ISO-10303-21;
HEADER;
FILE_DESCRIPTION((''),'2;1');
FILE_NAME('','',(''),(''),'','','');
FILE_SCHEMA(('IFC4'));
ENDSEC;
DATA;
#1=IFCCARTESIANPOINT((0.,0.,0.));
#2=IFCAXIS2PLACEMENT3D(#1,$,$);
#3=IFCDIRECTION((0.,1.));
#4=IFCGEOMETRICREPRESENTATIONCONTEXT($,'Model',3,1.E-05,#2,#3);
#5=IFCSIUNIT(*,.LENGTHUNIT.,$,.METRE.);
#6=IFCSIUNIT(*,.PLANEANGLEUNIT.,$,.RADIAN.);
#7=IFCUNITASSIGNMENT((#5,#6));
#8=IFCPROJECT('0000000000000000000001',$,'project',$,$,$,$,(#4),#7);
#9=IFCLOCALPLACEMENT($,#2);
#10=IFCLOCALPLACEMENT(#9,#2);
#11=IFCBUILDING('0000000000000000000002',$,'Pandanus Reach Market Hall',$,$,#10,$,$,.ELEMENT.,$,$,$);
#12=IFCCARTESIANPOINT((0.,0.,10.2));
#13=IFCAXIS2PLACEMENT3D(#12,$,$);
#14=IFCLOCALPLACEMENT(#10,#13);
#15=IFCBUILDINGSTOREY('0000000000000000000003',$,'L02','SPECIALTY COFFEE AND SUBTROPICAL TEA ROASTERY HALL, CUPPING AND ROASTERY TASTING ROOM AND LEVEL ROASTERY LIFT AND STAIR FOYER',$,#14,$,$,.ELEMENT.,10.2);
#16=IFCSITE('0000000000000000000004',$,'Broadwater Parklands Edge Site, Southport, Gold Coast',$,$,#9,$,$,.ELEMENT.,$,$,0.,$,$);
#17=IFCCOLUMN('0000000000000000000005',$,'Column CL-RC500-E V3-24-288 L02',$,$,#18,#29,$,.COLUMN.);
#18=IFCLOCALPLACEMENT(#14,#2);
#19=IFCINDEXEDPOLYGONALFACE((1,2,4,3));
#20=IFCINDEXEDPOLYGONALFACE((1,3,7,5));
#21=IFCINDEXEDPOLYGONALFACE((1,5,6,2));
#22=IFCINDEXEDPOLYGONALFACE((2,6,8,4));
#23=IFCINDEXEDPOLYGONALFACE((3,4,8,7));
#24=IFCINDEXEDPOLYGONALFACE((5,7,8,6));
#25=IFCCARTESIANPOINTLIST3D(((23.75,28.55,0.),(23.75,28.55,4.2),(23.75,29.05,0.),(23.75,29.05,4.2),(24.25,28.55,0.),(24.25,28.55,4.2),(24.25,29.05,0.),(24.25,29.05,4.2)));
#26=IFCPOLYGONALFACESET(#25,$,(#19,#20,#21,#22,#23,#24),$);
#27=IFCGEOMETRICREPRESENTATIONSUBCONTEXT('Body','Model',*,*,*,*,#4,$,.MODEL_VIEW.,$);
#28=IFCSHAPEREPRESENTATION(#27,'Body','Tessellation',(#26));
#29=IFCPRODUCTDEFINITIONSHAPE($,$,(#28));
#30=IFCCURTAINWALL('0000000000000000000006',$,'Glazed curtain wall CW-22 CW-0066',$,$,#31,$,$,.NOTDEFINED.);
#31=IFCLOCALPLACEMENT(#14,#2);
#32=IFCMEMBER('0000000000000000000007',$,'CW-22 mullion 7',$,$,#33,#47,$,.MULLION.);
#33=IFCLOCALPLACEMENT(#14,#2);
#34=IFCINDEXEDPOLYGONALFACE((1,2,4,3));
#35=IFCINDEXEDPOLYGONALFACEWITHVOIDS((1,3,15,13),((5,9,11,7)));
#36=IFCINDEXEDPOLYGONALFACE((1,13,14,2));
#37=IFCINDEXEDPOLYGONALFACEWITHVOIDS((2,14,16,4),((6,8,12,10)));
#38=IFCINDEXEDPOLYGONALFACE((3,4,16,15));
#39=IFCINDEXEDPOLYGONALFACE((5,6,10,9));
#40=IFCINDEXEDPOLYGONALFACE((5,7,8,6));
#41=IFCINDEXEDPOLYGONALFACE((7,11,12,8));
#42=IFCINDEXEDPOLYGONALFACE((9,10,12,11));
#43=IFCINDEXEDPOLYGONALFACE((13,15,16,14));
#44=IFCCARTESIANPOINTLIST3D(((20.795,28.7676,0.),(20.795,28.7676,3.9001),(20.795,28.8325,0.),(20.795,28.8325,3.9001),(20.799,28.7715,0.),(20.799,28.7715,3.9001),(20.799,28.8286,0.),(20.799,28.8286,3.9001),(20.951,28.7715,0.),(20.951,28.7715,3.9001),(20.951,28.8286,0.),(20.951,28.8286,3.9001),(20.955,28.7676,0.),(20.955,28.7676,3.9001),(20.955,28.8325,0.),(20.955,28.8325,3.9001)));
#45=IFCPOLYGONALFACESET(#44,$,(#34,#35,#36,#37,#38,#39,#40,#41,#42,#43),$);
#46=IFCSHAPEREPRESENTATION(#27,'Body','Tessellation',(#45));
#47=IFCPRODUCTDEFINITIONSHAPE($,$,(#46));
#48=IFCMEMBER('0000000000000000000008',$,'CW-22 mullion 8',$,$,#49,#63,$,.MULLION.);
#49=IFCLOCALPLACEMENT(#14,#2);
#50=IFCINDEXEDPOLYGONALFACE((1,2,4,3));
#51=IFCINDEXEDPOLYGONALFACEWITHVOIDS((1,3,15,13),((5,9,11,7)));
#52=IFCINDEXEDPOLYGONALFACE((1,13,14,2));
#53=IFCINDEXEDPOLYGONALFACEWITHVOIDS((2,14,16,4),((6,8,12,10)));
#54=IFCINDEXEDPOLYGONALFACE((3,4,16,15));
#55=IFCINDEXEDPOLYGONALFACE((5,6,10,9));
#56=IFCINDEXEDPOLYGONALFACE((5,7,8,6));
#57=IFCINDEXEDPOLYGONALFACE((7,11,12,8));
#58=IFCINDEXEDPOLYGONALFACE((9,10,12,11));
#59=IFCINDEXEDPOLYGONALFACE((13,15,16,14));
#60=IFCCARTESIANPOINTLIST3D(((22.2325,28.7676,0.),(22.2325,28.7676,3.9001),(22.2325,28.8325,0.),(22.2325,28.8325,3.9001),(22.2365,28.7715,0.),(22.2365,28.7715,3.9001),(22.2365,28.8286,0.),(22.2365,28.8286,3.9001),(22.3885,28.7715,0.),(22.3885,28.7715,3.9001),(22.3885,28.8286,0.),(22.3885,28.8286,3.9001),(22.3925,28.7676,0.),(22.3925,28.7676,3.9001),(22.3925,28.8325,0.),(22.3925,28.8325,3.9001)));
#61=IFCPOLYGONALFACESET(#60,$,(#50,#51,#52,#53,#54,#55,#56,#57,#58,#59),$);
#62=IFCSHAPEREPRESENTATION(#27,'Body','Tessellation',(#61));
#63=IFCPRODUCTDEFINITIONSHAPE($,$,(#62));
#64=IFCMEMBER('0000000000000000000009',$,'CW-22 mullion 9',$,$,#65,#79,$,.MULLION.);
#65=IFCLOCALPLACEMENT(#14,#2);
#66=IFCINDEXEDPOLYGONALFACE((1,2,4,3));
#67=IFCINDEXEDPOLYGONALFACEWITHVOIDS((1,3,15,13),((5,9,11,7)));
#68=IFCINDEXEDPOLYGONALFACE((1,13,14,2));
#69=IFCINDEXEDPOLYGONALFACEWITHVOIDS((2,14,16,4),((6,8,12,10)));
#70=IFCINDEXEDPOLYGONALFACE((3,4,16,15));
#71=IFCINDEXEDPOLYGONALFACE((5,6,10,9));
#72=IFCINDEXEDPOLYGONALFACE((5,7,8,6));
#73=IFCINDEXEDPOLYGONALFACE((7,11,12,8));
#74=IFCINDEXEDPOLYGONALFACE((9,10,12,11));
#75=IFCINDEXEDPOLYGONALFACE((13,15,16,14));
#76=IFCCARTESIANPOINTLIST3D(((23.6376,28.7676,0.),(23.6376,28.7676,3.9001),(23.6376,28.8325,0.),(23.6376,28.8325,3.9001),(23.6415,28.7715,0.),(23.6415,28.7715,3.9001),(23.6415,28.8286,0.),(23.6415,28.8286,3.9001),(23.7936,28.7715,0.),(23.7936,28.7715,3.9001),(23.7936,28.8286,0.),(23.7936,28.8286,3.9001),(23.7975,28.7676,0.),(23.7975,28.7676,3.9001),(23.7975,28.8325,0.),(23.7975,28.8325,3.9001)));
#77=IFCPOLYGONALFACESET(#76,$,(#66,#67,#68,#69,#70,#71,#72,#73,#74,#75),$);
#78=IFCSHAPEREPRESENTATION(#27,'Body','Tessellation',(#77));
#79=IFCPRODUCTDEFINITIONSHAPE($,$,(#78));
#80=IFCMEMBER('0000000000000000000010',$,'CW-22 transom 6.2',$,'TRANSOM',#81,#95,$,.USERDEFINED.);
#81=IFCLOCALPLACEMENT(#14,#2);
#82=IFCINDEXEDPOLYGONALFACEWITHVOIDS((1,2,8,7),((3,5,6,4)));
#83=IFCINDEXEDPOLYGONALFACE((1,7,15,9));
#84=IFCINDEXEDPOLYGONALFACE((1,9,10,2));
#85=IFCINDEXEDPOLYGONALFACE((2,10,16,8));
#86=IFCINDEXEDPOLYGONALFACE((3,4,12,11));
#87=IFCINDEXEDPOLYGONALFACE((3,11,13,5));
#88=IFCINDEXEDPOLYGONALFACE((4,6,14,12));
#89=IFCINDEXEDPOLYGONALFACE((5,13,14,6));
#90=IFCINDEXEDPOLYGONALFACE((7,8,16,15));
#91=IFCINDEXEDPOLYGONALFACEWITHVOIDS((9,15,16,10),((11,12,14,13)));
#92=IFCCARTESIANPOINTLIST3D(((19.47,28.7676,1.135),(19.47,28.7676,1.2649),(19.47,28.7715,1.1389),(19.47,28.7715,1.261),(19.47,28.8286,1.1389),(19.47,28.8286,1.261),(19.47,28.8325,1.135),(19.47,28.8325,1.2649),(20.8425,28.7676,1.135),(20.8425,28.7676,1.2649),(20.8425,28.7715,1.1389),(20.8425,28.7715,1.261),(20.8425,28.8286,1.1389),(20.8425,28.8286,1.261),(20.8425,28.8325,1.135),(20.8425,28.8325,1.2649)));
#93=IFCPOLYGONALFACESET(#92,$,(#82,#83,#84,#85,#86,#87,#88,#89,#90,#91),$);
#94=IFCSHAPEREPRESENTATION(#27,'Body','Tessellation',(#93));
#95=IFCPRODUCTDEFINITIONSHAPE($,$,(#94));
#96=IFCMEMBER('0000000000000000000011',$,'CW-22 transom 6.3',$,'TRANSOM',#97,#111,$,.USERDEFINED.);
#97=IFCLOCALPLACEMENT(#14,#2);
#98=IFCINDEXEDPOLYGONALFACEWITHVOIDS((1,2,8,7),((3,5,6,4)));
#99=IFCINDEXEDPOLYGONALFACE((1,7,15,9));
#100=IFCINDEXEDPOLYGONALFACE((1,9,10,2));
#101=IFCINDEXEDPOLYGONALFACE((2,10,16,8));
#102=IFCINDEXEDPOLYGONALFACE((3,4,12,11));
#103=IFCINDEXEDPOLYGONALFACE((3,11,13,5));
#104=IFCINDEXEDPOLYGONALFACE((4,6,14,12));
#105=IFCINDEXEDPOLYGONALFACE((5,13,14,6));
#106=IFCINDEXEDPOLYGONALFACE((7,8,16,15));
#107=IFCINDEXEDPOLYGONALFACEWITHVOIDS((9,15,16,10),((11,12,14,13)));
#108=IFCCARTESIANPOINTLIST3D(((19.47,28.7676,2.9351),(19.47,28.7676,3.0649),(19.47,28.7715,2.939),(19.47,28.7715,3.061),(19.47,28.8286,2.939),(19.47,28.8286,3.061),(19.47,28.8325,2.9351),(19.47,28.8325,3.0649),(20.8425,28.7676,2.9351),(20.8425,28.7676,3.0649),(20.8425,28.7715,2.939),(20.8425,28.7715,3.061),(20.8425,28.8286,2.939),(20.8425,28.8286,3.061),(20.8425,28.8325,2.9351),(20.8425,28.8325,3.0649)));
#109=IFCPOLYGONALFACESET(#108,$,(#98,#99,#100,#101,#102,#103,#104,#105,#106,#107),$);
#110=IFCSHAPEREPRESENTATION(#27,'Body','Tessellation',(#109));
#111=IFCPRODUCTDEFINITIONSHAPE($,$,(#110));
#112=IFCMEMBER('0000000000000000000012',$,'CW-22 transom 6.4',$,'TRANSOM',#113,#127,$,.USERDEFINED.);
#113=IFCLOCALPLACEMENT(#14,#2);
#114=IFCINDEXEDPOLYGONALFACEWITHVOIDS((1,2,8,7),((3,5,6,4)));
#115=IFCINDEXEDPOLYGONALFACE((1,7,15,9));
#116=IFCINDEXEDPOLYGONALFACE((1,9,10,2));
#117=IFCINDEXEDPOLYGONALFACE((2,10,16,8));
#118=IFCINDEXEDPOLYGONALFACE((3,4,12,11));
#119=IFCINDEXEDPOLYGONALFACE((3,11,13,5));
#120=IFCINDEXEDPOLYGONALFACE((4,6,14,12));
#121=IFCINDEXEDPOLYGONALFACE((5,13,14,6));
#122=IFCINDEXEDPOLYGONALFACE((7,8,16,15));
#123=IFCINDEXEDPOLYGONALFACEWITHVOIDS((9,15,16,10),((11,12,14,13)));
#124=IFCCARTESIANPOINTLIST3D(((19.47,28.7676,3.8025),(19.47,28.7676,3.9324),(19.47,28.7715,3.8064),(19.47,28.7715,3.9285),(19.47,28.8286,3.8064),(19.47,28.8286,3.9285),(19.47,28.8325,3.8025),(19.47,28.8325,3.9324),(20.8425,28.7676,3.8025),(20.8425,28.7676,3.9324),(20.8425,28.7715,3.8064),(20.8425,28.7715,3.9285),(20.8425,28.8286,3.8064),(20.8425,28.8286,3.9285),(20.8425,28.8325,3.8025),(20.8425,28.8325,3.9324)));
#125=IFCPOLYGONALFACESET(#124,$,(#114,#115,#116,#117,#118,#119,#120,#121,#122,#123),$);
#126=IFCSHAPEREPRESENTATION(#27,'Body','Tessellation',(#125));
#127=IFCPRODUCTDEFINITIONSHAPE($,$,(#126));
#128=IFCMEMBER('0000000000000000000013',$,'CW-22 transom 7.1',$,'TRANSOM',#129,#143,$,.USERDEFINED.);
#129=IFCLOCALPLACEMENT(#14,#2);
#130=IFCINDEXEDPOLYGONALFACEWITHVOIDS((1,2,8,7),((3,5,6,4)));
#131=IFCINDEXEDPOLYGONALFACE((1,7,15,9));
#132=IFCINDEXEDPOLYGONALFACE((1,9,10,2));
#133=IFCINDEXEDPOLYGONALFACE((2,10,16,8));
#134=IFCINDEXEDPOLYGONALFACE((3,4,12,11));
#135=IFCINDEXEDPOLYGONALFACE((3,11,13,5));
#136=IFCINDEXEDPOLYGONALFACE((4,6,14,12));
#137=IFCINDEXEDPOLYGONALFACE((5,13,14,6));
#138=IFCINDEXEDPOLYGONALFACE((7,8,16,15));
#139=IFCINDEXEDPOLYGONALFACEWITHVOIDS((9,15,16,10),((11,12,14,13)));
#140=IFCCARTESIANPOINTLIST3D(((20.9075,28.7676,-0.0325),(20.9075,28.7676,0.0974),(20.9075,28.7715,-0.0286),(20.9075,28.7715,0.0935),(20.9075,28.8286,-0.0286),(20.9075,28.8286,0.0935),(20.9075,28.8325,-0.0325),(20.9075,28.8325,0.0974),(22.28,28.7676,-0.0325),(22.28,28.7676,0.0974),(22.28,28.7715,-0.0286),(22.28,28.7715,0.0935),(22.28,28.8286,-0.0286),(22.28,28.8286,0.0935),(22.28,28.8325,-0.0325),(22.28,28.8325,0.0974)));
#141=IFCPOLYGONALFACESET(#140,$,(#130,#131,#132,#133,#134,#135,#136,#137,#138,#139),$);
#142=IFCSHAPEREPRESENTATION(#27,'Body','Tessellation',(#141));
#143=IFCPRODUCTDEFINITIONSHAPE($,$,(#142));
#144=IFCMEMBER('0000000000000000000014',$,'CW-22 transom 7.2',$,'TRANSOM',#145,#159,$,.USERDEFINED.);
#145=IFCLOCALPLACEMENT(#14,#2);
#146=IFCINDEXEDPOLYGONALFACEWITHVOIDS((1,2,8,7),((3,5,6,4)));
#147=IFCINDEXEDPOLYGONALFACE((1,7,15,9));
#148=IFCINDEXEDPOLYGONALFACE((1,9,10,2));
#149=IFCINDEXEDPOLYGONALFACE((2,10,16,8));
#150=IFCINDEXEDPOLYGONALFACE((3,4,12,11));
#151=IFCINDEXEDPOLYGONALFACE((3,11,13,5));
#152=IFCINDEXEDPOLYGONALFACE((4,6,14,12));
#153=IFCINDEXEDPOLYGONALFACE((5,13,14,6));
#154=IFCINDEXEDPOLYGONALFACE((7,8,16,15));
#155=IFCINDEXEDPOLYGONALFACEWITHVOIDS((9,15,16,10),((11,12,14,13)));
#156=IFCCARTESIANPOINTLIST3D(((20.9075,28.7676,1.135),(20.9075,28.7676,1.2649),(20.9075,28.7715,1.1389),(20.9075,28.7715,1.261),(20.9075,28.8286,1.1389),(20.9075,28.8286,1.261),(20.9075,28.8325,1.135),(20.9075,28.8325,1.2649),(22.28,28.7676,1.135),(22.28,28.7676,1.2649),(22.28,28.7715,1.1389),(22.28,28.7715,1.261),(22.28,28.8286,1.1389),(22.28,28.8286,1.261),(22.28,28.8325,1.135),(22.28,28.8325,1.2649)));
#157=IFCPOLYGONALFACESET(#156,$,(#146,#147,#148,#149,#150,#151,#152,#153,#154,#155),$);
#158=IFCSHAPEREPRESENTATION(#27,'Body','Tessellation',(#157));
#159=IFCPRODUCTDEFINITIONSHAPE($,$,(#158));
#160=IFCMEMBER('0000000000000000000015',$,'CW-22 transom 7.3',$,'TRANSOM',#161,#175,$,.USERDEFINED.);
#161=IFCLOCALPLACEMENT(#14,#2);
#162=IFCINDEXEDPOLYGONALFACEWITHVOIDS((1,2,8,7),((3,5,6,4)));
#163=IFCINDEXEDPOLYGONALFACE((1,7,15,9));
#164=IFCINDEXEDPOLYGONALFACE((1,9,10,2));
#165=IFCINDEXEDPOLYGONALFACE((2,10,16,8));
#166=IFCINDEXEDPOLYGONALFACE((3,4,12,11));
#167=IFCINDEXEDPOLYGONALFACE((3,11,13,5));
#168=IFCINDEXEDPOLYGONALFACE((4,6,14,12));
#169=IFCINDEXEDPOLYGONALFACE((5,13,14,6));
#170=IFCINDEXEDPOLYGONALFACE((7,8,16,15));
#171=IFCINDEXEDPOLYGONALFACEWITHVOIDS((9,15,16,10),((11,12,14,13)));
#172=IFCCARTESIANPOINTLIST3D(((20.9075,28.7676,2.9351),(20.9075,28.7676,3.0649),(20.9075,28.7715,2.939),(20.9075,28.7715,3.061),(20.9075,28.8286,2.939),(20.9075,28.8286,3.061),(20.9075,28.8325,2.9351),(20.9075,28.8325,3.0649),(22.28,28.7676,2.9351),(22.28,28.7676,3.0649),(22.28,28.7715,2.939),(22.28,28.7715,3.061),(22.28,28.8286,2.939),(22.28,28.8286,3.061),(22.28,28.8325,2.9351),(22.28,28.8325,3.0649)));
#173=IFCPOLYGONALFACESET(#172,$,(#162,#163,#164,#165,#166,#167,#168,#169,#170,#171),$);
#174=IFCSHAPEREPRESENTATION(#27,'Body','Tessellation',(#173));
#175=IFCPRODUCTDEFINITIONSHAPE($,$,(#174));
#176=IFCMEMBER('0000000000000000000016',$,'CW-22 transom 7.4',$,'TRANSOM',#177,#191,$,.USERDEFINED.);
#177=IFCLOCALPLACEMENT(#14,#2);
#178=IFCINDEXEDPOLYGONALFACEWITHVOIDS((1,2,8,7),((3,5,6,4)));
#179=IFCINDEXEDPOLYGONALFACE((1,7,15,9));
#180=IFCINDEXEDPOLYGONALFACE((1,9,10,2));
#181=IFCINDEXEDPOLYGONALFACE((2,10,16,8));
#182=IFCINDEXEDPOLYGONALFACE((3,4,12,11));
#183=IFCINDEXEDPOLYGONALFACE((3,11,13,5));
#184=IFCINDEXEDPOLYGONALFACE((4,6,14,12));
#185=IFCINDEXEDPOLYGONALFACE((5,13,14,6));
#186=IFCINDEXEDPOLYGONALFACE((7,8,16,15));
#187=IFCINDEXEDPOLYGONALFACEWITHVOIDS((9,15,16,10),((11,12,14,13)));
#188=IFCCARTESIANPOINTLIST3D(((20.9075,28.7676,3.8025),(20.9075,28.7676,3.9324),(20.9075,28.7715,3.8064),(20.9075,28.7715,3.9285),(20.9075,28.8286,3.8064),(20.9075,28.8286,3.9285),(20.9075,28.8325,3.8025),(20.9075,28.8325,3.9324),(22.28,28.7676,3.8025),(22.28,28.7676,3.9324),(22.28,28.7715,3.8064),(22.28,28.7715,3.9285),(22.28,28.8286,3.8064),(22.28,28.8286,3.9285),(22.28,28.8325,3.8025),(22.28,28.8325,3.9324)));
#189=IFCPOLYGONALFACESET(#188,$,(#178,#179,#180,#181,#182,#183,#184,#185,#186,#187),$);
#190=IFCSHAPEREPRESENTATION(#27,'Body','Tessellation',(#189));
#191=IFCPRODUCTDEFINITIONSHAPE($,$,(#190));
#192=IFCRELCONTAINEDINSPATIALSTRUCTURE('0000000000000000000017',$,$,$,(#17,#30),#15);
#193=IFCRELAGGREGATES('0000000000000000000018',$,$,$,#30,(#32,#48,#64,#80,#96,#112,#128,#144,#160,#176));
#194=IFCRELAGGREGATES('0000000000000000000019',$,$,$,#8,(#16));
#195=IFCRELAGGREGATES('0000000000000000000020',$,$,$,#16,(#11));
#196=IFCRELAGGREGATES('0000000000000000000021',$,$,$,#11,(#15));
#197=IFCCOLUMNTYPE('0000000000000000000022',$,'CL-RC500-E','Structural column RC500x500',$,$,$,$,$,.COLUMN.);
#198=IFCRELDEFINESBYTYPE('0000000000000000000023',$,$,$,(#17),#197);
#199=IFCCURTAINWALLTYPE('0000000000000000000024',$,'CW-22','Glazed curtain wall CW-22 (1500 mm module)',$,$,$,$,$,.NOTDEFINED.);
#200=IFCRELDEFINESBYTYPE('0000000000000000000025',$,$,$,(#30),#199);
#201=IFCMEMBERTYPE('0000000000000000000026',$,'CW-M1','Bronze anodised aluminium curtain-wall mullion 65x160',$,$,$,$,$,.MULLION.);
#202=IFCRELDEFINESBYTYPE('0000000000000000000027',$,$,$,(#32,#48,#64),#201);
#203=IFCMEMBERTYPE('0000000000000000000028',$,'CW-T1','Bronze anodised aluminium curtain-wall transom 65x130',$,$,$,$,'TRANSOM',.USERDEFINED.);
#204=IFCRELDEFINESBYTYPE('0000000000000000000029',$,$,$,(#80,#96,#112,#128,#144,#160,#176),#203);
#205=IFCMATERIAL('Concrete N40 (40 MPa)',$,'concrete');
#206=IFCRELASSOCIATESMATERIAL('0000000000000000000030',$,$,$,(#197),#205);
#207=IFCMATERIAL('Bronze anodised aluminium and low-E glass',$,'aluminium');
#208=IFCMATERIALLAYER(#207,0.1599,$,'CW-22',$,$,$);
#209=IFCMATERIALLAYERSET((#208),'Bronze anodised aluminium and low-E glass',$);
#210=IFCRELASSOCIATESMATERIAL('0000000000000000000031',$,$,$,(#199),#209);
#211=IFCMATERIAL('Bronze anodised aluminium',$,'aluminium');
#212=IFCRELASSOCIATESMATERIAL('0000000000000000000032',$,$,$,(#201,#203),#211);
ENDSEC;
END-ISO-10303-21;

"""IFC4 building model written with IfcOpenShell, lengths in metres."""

from ifc_helpers import new_model, si_unit, direction, frame, origin, origin_2d, place, context, subcontext, project, spatial, rectangle, hollow_rectangle, extrude, material, layer, layer_set, material_profile, profile_set, type_object, element, aggregate, save


model = new_model("IFC4")

# Units and contexts
model_context = context("Model", 3, precision=1e-05, world=origin(), true_north=direction((0.0, 1.0)))
body_context = subcontext(model_context, "Body", "Model", "MODEL_VIEW")
ifc_project = project(units=[si_unit("LENGTHUNIT", "METRE"), si_unit("PLANEANGLEUNIT", "RADIAN")], contexts=[model_context])

# Site, building, storey
site_placement = place(None, origin())
site = spatial("IfcSite", under=ifc_project, at=site_placement, Name="Broadwater Parklands Edge Site, Southport, Gold Coast", CompositionType="ELEMENT", RefElevation=0.0)
building_placement = place(site_placement, origin())
building = spatial("IfcBuilding", under=site, at=building_placement, Name="Pandanus Reach Market Hall", CompositionType="ELEMENT")
storey_placement = place(building_placement, frame((0.0, 0.0, 10.2)))
storey = spatial("IfcBuildingStorey", under=building, at=storey_placement, Name="L02", Description="SPECIALTY COFFEE AND SUBTROPICAL TEA ROASTERY HALL, CUPPING AND ROASTERY TASTING ROOM AND LEVEL ROASTERY LIFT AND STAIR FOYER", CompositionType="ELEMENT", Elevation=10.2)

# Column
ifc_material_1 = material(Name="Concrete N40 (40 MPa)", Category="concrete")
ifc_material_profile_1 = material_profile(ifc_material_1, rectangle(XDim=0.5, YDim=0.5, at=origin_2d()), Name="RC500x500", Category="LoadBearing")
ifc_profile_set_1 = profile_set([ifc_material_profile_1], Name="Concrete N40 (40 MPa)")
column_type = type_object("IfcColumnType", Name="CL-RC500-E", Description="Structural column RC500x500", PredefinedType="COLUMN", material=ifc_profile_set_1)
column_placement = place(storey_placement, frame((24.0, 28.8, 0.0), z_axis=(0.0, 0.0, 1.0), x_axis=(1.0, 0.0, 0.0)))
element("IfcColumn", 1, at=column_placement, inside=storey, type_object=column_type, Name="Column CL-RC500-E V3-24-288 L02", PredefinedType="COLUMN", context=body_context, shape_type="SweptSolid", body=[
    extrude(rectangle(XDim=0.5, YDim=0.5, at=origin_2d()), origin(), (0.0, 0.0, 1.0), 4.2),
])

# Curtain wall, members
ifc_material_2 = material(Name="Bronze anodised aluminium and low-E glass", Category="aluminium")
ifc_layer_1 = layer(ifc_material_2, 0.1599, Name="CW-22")
ifc_layer_set_1 = layer_set([ifc_layer_1], Name="Bronze anodised aluminium and low-E glass")
curtain_wall_type = type_object("IfcCurtainWallType", Name="CW-22", Description="Glazed curtain wall CW-22 (1500 mm module)", PredefinedType="NOTDEFINED", material=ifc_layer_set_1)
curtain_wall_placement = place(storey_placement, origin())
curtain_wall = element("IfcCurtainWall", 2, at=curtain_wall_placement, inside=storey, type_object=curtain_wall_type, Name="Glazed curtain wall CW-22 CW-0066", PredefinedType="NOTDEFINED")
ifc_material_3 = material(Name="Bronze anodised aluminium", Category="aluminium")
ifc_material_profile_2 = material_profile(ifc_material_3, hollow_rectangle(XDim=0.0649, YDim=0.1599, WallThickness=0.0039, at=origin_2d()), Name="ALU65x160", Category="LoadBearing")
ifc_profile_set_2 = profile_set([ifc_material_profile_2], Name="Bronze anodised aluminium")
member_type_1 = type_object("IfcMemberType", Name="CW-M1", Description="Bronze anodised aluminium curtain-wall mullion 65x160", PredefinedType="MULLION", material=ifc_profile_set_2)
member_1_placement = place(storey_placement, frame((20.875, 28.8, 0.0), z_axis=(0.0, 0.0, 1.0), x_axis=(0.0, 1.0, 0.0)))
member_1 = element("IfcMember", 3, at=member_1_placement, type_object=member_type_1, Name="CW-22 mullion 7", PredefinedType="MULLION", context=body_context, shape_type="SweptSolid", body=[
    extrude(hollow_rectangle(XDim=0.0649, YDim=0.1599, WallThickness=0.0039, at=origin_2d()), origin(), (0.0, 0.0, 1.0), 3.9001),
])
member_2_placement = place(storey_placement, frame((22.3125, 28.8, 0.0), z_axis=(0.0, 0.0, 1.0), x_axis=(0.0, 1.0, 0.0)))
member_2 = element("IfcMember", 4, at=member_2_placement, type_object=member_type_1, Name="CW-22 mullion 8", PredefinedType="MULLION", context=body_context, shape_type="SweptSolid", body=[
    extrude(hollow_rectangle(XDim=0.0649, YDim=0.1599, WallThickness=0.0039, at=origin_2d()), origin(), (0.0, 0.0, 1.0), 3.9001),
])
member_3_placement = place(storey_placement, frame((23.7175, 28.8, 0.0), z_axis=(0.0, 0.0, 1.0), x_axis=(0.0, 1.0, 0.0)))
member_3 = element("IfcMember", 5, at=member_3_placement, type_object=member_type_1, Name="CW-22 mullion 9", PredefinedType="MULLION", context=body_context, shape_type="SweptSolid", body=[
    extrude(hollow_rectangle(XDim=0.0649, YDim=0.1599, WallThickness=0.0039, at=origin_2d()), origin(), (0.0, 0.0, 1.0), 3.9001),
])
ifc_material_profile_3 = material_profile(ifc_material_3, hollow_rectangle(XDim=0.0649, YDim=0.1299, WallThickness=0.0039, at=origin_2d()), Name="ALU65x130", Category="LoadBearing")
ifc_profile_set_3 = profile_set([ifc_material_profile_3], Name="Bronze anodised aluminium")
member_type_2 = type_object("IfcMemberType", Name="CW-T1", Description="Bronze anodised aluminium curtain-wall transom 65x130", ElementType="TRANSOM", PredefinedType="USERDEFINED", material=ifc_profile_set_3)
member_4_placement = place(storey_placement, frame((19.47, 28.8, 1.2), z_axis=(1.0, 0.0, 0.0), x_axis=(0.0, 1.0, 0.0)))
member_4 = element("IfcMember", 6, at=member_4_placement, type_object=member_type_2, Name="CW-22 transom 6.2", ObjectType="TRANSOM", PredefinedType="USERDEFINED", context=body_context, shape_type="SweptSolid", body=[
    extrude(hollow_rectangle(XDim=0.0649, YDim=0.1299, WallThickness=0.0039, at=origin_2d()), origin(), (0.0, 0.0, 1.0), 1.3726),
])
member_5_placement = place(storey_placement, frame((19.47, 28.8, 3.0), z_axis=(1.0, 0.0, 0.0), x_axis=(0.0, 1.0, 0.0)))
member_5 = element("IfcMember", 7, at=member_5_placement, type_object=member_type_2, Name="CW-22 transom 6.3", ObjectType="TRANSOM", PredefinedType="USERDEFINED", context=body_context, shape_type="SweptSolid", body=[
    extrude(hollow_rectangle(XDim=0.0649, YDim=0.1299, WallThickness=0.0039, at=origin_2d()), origin(), (0.0, 0.0, 1.0), 1.3726),
])
member_6_placement = place(storey_placement, frame((19.47, 28.8, 3.8674), z_axis=(1.0, 0.0, 0.0), x_axis=(0.0, 1.0, 0.0)))
member_6 = element("IfcMember", 8, at=member_6_placement, type_object=member_type_2, Name="CW-22 transom 6.4", ObjectType="TRANSOM", PredefinedType="USERDEFINED", context=body_context, shape_type="SweptSolid", body=[
    extrude(hollow_rectangle(XDim=0.0649, YDim=0.1299, WallThickness=0.0039, at=origin_2d()), origin(), (0.0, 0.0, 1.0), 1.3726),
])
member_7_placement = place(storey_placement, frame((20.9075, 28.8, 0.0325), z_axis=(1.0, 0.0, 0.0), x_axis=(0.0, 1.0, 0.0)))
member_7 = element("IfcMember", 9, at=member_7_placement, type_object=member_type_2, Name="CW-22 transom 7.1", ObjectType="TRANSOM", PredefinedType="USERDEFINED", context=body_context, shape_type="SweptSolid", body=[
    extrude(hollow_rectangle(XDim=0.0649, YDim=0.1299, WallThickness=0.0039, at=origin_2d()), origin(), (0.0, 0.0, 1.0), 1.3726),
])
member_8_placement = place(storey_placement, frame((20.9075, 28.8, 1.2), z_axis=(1.0, 0.0, 0.0), x_axis=(0.0, 1.0, 0.0)))
member_8 = element("IfcMember", 10, at=member_8_placement, type_object=member_type_2, Name="CW-22 transom 7.2", ObjectType="TRANSOM", PredefinedType="USERDEFINED", context=body_context, shape_type="SweptSolid", body=[
    extrude(hollow_rectangle(XDim=0.0649, YDim=0.1299, WallThickness=0.0039, at=origin_2d()), origin(), (0.0, 0.0, 1.0), 1.3726),
])
member_9_placement = place(storey_placement, frame((20.9075, 28.8, 3.0), z_axis=(1.0, 0.0, 0.0), x_axis=(0.0, 1.0, 0.0)))
member_9 = element("IfcMember", 11, at=member_9_placement, type_object=member_type_2, Name="CW-22 transom 7.3", ObjectType="TRANSOM", PredefinedType="USERDEFINED", context=body_context, shape_type="SweptSolid", body=[
    extrude(hollow_rectangle(XDim=0.0649, YDim=0.1299, WallThickness=0.0039, at=origin_2d()), origin(), (0.0, 0.0, 1.0), 1.3726),
])
member_10_placement = place(storey_placement, frame((20.9075, 28.8, 3.8674), z_axis=(1.0, 0.0, 0.0), x_axis=(0.0, 1.0, 0.0)))
member_10 = element("IfcMember", 12, at=member_10_placement, type_object=member_type_2, Name="CW-22 transom 7.4", ObjectType="TRANSOM", PredefinedType="USERDEFINED", context=body_context, shape_type="SweptSolid", body=[
    extrude(hollow_rectangle(XDim=0.0649, YDim=0.1299, WallThickness=0.0039, at=origin_2d()), origin(), (0.0, 0.0, 1.0), 1.3726),
])
aggregate(curtain_wall, [member_1, member_2, member_3, member_4, member_5, member_6, member_7, member_8, member_9, member_10])

save(model, "model.ifc")
